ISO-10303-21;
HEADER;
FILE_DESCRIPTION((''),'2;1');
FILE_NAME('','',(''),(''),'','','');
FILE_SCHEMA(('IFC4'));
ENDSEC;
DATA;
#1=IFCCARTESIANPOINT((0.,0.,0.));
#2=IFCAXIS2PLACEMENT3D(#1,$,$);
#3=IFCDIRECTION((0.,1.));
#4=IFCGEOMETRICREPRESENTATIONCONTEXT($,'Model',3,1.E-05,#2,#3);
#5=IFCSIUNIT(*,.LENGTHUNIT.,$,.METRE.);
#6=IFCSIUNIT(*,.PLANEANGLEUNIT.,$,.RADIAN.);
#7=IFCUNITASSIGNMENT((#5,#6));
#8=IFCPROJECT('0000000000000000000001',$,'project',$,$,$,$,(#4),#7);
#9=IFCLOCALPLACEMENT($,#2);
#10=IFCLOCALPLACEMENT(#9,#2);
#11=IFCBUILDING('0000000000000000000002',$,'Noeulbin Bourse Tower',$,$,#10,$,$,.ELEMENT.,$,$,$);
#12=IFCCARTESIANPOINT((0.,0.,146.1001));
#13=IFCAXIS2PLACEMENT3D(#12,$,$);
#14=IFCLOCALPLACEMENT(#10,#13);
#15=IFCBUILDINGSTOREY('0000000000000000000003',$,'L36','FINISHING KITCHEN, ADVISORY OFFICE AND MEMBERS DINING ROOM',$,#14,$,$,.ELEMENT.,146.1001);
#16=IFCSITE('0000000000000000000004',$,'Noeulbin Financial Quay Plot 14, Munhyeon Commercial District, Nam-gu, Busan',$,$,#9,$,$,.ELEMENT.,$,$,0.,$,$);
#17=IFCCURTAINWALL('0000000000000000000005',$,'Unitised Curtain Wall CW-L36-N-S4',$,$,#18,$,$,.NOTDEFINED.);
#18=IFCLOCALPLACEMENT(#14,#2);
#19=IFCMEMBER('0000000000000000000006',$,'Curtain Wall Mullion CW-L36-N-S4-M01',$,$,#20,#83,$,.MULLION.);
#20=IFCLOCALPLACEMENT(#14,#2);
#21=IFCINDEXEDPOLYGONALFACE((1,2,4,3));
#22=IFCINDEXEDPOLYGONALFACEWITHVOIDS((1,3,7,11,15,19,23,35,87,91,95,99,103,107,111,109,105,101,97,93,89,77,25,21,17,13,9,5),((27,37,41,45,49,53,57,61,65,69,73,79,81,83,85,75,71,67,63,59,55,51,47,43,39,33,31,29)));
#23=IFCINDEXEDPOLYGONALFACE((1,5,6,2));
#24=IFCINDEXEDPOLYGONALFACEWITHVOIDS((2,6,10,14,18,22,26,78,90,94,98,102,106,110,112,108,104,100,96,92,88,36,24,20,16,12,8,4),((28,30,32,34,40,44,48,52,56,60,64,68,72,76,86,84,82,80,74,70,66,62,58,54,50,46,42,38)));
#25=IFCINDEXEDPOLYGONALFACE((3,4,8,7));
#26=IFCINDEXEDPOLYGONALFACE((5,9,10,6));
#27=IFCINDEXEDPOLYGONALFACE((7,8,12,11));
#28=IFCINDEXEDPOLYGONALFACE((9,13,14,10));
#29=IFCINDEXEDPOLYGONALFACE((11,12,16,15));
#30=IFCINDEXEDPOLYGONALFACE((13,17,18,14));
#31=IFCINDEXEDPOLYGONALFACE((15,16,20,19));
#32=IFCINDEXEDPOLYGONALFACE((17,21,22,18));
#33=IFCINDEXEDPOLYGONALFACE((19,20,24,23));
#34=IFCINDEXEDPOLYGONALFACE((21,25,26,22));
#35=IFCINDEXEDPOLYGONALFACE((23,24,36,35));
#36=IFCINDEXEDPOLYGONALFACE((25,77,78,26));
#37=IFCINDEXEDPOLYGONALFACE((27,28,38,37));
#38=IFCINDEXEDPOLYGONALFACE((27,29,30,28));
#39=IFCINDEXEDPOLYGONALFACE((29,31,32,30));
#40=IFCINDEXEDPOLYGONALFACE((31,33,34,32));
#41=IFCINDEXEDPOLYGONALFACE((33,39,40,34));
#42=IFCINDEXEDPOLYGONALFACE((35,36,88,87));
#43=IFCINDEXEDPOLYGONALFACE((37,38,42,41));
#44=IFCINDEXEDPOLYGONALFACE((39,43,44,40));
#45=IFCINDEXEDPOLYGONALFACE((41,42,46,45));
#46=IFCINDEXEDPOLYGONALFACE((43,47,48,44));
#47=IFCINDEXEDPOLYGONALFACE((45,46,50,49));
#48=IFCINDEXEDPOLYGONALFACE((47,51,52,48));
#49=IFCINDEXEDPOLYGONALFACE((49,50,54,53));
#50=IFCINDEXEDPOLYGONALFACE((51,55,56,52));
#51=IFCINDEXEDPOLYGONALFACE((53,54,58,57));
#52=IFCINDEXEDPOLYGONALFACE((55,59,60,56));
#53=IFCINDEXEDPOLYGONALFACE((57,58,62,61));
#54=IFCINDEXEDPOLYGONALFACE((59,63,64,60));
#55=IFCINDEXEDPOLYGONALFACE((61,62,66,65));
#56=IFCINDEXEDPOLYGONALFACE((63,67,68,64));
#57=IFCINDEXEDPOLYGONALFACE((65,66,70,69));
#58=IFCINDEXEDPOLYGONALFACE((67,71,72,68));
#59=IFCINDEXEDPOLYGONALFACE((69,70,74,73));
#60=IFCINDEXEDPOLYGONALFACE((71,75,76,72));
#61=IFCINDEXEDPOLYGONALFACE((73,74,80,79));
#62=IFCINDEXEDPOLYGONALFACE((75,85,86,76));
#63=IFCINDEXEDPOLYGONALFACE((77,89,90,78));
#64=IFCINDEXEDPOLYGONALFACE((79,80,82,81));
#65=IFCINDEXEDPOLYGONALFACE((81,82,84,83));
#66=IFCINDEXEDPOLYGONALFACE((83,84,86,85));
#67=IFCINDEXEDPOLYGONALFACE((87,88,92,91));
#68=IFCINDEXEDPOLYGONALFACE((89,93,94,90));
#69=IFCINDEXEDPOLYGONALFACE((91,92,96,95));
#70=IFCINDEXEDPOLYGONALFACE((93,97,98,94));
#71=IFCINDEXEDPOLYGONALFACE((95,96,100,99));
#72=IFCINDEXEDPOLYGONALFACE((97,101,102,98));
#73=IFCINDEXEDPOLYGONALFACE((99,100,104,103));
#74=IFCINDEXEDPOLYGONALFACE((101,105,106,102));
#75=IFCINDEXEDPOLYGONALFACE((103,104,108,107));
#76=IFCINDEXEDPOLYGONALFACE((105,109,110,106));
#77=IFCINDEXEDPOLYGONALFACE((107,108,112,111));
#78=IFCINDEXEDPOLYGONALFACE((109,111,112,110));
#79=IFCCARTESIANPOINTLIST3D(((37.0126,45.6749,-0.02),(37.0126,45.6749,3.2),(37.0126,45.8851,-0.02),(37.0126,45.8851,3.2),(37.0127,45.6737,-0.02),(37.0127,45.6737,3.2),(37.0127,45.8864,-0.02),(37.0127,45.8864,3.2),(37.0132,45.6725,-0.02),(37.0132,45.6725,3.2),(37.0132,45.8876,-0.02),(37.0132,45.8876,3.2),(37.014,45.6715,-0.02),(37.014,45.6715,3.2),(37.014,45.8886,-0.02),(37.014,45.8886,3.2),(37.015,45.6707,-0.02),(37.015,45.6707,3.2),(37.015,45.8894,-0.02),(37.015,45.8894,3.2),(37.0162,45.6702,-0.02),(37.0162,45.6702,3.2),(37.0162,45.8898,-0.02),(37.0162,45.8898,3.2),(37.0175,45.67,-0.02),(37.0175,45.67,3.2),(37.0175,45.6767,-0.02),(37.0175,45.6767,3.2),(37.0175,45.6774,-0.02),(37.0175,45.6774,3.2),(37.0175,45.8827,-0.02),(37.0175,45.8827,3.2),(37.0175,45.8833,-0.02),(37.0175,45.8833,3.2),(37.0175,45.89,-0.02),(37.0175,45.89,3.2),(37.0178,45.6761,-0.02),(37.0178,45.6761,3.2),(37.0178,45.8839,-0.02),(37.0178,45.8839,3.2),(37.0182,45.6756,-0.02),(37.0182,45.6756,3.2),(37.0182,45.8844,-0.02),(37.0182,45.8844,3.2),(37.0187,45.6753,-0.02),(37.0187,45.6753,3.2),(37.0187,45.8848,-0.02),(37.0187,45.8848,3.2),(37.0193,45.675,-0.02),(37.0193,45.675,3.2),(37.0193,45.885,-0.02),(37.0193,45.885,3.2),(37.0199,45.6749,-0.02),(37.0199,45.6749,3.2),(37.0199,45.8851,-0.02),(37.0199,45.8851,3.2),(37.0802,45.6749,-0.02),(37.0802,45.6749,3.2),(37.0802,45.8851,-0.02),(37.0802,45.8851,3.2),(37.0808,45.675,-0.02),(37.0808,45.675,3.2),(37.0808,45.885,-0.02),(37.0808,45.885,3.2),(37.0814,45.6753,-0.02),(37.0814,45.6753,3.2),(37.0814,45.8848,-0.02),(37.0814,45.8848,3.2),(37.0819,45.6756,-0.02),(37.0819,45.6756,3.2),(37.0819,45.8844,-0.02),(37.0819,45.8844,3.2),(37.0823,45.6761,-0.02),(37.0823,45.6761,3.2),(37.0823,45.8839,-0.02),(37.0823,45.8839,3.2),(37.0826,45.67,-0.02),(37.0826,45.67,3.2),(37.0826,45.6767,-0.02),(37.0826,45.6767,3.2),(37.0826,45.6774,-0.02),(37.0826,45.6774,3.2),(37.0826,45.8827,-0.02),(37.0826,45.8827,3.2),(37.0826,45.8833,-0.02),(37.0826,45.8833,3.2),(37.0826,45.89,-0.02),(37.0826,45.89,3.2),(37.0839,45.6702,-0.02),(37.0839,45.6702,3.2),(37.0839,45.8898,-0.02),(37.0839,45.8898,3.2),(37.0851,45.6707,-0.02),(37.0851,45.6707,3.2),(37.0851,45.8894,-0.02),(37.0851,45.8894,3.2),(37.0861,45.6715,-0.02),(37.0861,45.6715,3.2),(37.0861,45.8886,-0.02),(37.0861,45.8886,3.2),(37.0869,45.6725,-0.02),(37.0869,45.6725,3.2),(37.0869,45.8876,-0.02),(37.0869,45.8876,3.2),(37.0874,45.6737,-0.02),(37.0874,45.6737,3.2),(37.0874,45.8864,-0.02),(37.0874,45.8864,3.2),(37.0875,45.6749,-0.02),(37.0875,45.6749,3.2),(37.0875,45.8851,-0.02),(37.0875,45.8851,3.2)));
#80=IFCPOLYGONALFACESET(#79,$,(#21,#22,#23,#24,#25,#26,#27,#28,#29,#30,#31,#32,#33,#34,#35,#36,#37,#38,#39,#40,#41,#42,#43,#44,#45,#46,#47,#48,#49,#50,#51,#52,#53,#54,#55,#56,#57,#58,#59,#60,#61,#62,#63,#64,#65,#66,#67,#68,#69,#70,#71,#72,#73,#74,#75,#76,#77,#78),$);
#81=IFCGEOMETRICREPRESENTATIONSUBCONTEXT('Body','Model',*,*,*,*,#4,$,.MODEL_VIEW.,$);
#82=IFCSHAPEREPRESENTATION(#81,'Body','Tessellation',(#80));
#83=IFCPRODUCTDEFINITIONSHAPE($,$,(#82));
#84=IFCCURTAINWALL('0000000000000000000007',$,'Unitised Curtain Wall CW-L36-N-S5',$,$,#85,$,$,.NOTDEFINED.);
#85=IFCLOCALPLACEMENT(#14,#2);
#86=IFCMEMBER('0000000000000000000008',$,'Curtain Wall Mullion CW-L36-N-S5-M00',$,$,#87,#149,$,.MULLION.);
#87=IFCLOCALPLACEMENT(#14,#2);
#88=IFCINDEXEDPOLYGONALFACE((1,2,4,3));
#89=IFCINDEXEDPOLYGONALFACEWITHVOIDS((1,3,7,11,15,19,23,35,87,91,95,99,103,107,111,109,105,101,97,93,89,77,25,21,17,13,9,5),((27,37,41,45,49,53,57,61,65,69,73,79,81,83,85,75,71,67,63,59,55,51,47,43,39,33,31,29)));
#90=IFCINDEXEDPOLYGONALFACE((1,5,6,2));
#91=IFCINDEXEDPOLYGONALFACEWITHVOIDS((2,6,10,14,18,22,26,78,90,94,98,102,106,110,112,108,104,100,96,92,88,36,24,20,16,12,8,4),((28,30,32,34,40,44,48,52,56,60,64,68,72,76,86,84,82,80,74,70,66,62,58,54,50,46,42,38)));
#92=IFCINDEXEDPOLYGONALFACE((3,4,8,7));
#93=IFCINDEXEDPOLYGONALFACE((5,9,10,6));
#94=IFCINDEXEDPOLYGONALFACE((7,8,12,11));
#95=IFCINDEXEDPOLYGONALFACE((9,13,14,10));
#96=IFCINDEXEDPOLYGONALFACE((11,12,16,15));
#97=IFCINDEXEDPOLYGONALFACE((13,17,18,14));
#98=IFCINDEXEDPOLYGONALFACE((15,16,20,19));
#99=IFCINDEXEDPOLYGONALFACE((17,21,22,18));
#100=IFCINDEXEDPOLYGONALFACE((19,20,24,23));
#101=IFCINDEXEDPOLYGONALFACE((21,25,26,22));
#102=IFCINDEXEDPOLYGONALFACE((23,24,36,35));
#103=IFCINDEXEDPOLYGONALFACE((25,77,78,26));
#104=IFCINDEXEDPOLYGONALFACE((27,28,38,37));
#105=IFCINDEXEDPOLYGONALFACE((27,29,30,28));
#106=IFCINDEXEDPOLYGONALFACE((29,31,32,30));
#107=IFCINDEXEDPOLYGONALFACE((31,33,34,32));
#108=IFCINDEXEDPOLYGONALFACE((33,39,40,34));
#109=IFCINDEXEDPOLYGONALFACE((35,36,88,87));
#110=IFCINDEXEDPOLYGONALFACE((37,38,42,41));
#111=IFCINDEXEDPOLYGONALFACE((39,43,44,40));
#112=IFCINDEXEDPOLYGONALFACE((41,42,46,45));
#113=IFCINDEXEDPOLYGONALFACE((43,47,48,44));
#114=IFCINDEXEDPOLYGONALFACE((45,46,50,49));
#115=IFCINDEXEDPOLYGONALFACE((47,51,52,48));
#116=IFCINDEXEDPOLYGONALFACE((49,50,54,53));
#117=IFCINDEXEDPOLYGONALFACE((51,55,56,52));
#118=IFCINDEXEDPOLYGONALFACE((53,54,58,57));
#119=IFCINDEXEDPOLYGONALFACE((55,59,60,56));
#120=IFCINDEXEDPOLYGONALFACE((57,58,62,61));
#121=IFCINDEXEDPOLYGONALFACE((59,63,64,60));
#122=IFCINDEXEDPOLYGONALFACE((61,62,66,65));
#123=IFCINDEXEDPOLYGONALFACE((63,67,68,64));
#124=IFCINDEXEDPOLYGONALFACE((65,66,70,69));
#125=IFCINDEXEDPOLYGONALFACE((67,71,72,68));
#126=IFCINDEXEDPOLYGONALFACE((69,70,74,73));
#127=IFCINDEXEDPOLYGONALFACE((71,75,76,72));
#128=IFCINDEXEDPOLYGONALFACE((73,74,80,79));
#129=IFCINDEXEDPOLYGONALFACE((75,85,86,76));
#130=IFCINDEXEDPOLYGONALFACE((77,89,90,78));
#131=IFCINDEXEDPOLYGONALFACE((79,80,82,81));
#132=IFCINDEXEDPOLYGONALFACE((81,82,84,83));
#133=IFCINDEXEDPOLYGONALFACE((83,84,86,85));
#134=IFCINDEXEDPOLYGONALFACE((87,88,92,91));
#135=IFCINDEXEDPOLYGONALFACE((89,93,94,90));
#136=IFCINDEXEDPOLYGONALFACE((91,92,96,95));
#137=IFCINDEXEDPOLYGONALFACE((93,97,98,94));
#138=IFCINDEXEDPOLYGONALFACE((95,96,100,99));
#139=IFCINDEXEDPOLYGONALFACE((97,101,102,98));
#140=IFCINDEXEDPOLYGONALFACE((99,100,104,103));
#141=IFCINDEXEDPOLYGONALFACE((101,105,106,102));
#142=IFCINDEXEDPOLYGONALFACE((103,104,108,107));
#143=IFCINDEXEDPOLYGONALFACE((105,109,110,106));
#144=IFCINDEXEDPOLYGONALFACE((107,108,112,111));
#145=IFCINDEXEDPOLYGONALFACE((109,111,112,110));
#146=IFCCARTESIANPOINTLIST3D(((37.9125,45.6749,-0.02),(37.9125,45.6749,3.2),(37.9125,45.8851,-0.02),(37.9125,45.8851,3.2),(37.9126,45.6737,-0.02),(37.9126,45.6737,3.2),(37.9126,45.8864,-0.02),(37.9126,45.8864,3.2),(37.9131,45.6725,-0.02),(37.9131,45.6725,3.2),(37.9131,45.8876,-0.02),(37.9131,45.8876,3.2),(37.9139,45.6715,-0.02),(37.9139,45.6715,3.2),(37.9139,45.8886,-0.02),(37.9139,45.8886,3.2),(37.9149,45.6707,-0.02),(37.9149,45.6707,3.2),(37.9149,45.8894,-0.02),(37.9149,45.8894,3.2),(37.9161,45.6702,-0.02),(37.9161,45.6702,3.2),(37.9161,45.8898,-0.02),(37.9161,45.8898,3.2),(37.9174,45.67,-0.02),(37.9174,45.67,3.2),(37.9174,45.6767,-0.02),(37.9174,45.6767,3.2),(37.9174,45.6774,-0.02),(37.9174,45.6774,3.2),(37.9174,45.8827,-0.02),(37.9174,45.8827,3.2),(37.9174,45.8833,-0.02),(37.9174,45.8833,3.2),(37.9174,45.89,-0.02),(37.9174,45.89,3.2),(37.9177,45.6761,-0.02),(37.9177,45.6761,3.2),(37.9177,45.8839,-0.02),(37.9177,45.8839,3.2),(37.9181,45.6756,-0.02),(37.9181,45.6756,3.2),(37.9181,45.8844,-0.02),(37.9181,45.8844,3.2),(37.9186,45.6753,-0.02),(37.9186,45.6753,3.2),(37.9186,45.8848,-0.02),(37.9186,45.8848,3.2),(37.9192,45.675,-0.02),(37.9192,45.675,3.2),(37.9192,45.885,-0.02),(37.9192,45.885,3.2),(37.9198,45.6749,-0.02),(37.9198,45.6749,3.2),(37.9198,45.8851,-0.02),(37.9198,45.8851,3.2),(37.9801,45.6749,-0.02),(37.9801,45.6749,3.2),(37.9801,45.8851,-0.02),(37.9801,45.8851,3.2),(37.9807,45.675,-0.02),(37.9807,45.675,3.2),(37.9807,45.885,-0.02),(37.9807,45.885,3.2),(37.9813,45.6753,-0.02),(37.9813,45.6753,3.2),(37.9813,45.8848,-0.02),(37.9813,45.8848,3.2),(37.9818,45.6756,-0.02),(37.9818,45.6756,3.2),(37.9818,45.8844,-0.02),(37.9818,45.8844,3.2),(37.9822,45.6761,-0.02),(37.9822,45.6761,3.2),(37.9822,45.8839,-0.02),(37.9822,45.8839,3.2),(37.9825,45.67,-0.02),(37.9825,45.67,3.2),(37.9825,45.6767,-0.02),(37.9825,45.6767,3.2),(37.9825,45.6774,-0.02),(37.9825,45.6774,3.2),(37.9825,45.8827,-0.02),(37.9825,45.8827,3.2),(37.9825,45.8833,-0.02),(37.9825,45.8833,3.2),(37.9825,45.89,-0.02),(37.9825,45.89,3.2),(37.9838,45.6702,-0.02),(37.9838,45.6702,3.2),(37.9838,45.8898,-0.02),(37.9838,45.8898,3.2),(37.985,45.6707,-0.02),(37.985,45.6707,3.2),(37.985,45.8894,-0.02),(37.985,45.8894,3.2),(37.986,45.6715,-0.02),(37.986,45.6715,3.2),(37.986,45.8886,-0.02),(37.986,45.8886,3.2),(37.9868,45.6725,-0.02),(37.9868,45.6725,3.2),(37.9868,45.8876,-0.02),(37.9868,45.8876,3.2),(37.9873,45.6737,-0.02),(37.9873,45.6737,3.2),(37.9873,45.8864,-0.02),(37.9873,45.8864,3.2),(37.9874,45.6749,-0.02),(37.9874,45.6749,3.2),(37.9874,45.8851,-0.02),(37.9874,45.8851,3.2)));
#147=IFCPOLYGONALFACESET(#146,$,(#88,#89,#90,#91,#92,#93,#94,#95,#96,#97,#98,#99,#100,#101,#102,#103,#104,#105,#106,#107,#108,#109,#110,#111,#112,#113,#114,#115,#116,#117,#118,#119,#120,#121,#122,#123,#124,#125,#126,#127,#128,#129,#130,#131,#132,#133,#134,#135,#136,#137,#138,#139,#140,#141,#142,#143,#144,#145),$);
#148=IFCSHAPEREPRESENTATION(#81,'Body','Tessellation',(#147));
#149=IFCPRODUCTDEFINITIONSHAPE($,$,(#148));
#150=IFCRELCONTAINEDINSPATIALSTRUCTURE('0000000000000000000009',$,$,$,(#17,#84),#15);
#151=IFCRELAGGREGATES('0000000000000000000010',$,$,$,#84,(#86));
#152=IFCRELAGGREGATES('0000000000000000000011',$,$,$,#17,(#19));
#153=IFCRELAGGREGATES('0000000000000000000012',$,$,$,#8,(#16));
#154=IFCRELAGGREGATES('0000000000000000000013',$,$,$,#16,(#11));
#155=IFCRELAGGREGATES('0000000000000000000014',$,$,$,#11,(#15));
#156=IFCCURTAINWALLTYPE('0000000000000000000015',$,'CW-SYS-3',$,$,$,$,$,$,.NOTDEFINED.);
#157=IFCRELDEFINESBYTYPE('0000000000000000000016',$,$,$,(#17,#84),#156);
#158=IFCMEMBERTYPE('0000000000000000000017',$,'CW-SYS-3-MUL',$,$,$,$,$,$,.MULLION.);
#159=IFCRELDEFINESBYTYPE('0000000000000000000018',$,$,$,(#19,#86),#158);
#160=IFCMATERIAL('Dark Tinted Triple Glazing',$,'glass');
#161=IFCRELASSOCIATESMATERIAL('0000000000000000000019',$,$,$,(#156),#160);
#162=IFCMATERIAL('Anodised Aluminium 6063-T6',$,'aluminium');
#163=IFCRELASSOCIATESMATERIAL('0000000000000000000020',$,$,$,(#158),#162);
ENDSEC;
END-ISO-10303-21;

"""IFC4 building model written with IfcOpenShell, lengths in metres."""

from ifc_helpers import new_model, si_unit, direction, frame, origin, origin_2d, place, context, subcontext, project, spatial, hollow_rectangle, extrude, material, material_profile, profile_set, type_object, element, aggregate, save


model = new_model("IFC4")

# Units and contexts
model_context = context("Model", 3, precision=1e-05, world=origin(), true_north=direction((0.0, 1.0)))
body_context = subcontext(model_context, "Body", "Model", "MODEL_VIEW")
ifc_project = project(units=[si_unit("LENGTHUNIT", "METRE"), si_unit("PLANEANGLEUNIT", "RADIAN")], contexts=[model_context])

# Site, building, storey
site_placement = place(None, origin())
site = spatial("IfcSite", under=ifc_project, at=site_placement, Name="Noeulbin Financial Quay Plot 14, Munhyeon Commercial District, Nam-gu, Busan", CompositionType="ELEMENT", RefElevation=0.0)
building_placement = place(site_placement, origin())
building = spatial("IfcBuilding", under=site, at=building_placement, Name="Noeulbin Bourse Tower", CompositionType="ELEMENT")
storey_placement = place(building_placement, frame((0.0, 0.0, 146.1001)))
storey = spatial("IfcBuildingStorey", under=building, at=storey_placement, Name="L36", Description="FINISHING KITCHEN, ADVISORY OFFICE AND MEMBERS DINING ROOM", CompositionType="ELEMENT", Elevation=146.1001)

# Shared definitions
ifc_material_1 = material(Name="Dark Tinted Triple Glazing", Category="glass")
curtain_wall_type = type_object("IfcCurtainWallType", Name="CW-SYS-3", PredefinedType="NOTDEFINED", material=ifc_material_1)
ifc_material_2 = material(Name="Anodised Aluminium 6063-T6", Category="aluminium")
ifc_material_profile_1 = material_profile(ifc_material_2, hollow_rectangle(XDim=0.075, YDim=0.22, WallThickness=0.0049, InnerFilletRadius=0.0024, OuterFilletRadius=0.0049, at=origin_2d()), Name="ALU-MULL-75x220x5", Category="LoadBearing")
ifc_profile_set_1 = profile_set([ifc_material_profile_1], Name="Anodised Aluminium 6063-T6")
member_type_1 = type_object("IfcMemberType", Name="CW-SYS-3-MUL", PredefinedType="MULLION", material=ifc_profile_set_1)

# Curtain wall, member
curtain_wall_1_placement = place(storey_placement, origin())
curtain_wall_1 = element("IfcCurtainWall", 1, at=curtain_wall_1_placement, inside=storey, type_object=curtain_wall_type, Name="Unitised Curtain Wall CW-L36-N-S4", PredefinedType="NOTDEFINED")
member_1_placement = place(storey_placement, frame((37.05, 45.78, -0.02), z_axis=(0.0, 0.0, 1.0), x_axis=(1.0, 0.0, 0.0)))
member_1 = element("IfcMember", 2, at=member_1_placement, type_object=member_type_1, Name="Curtain Wall Mullion CW-L36-N-S4-M01", PredefinedType="MULLION", context=body_context, shape_type="SweptSolid", body=[
    extrude(hollow_rectangle(XDim=0.075, YDim=0.22, WallThickness=0.0049, InnerFilletRadius=0.0024, OuterFilletRadius=0.0049, at=origin_2d()), origin(), (0.0, 0.0, 1.0), 3.22),
])

# Curtain wall, member
curtain_wall_2_placement = place(storey_placement, origin())
curtain_wall_2 = element("IfcCurtainWall", 3, at=curtain_wall_2_placement, inside=storey, type_object=curtain_wall_type, Name="Unitised Curtain Wall CW-L36-N-S5", PredefinedType="NOTDEFINED")
member_2_placement = place(storey_placement, frame((37.95, 45.78, -0.02), z_axis=(0.0, 0.0, 1.0), x_axis=(1.0, 0.0, 0.0)))
member_2 = element("IfcMember", 4, at=member_2_placement, type_object=member_type_1, Name="Curtain Wall Mullion CW-L36-N-S5-M00", PredefinedType="MULLION", context=body_context, shape_type="SweptSolid", body=[
    extrude(hollow_rectangle(XDim=0.075, YDim=0.22, WallThickness=0.0049, InnerFilletRadius=0.0024, OuterFilletRadius=0.0049, at=origin_2d()), origin(), (0.0, 0.0, 1.0), 3.22),
])

aggregate(curtain_wall_2, [member_2])

aggregate(curtain_wall_1, [member_1])

save(model, "model.ifc")
